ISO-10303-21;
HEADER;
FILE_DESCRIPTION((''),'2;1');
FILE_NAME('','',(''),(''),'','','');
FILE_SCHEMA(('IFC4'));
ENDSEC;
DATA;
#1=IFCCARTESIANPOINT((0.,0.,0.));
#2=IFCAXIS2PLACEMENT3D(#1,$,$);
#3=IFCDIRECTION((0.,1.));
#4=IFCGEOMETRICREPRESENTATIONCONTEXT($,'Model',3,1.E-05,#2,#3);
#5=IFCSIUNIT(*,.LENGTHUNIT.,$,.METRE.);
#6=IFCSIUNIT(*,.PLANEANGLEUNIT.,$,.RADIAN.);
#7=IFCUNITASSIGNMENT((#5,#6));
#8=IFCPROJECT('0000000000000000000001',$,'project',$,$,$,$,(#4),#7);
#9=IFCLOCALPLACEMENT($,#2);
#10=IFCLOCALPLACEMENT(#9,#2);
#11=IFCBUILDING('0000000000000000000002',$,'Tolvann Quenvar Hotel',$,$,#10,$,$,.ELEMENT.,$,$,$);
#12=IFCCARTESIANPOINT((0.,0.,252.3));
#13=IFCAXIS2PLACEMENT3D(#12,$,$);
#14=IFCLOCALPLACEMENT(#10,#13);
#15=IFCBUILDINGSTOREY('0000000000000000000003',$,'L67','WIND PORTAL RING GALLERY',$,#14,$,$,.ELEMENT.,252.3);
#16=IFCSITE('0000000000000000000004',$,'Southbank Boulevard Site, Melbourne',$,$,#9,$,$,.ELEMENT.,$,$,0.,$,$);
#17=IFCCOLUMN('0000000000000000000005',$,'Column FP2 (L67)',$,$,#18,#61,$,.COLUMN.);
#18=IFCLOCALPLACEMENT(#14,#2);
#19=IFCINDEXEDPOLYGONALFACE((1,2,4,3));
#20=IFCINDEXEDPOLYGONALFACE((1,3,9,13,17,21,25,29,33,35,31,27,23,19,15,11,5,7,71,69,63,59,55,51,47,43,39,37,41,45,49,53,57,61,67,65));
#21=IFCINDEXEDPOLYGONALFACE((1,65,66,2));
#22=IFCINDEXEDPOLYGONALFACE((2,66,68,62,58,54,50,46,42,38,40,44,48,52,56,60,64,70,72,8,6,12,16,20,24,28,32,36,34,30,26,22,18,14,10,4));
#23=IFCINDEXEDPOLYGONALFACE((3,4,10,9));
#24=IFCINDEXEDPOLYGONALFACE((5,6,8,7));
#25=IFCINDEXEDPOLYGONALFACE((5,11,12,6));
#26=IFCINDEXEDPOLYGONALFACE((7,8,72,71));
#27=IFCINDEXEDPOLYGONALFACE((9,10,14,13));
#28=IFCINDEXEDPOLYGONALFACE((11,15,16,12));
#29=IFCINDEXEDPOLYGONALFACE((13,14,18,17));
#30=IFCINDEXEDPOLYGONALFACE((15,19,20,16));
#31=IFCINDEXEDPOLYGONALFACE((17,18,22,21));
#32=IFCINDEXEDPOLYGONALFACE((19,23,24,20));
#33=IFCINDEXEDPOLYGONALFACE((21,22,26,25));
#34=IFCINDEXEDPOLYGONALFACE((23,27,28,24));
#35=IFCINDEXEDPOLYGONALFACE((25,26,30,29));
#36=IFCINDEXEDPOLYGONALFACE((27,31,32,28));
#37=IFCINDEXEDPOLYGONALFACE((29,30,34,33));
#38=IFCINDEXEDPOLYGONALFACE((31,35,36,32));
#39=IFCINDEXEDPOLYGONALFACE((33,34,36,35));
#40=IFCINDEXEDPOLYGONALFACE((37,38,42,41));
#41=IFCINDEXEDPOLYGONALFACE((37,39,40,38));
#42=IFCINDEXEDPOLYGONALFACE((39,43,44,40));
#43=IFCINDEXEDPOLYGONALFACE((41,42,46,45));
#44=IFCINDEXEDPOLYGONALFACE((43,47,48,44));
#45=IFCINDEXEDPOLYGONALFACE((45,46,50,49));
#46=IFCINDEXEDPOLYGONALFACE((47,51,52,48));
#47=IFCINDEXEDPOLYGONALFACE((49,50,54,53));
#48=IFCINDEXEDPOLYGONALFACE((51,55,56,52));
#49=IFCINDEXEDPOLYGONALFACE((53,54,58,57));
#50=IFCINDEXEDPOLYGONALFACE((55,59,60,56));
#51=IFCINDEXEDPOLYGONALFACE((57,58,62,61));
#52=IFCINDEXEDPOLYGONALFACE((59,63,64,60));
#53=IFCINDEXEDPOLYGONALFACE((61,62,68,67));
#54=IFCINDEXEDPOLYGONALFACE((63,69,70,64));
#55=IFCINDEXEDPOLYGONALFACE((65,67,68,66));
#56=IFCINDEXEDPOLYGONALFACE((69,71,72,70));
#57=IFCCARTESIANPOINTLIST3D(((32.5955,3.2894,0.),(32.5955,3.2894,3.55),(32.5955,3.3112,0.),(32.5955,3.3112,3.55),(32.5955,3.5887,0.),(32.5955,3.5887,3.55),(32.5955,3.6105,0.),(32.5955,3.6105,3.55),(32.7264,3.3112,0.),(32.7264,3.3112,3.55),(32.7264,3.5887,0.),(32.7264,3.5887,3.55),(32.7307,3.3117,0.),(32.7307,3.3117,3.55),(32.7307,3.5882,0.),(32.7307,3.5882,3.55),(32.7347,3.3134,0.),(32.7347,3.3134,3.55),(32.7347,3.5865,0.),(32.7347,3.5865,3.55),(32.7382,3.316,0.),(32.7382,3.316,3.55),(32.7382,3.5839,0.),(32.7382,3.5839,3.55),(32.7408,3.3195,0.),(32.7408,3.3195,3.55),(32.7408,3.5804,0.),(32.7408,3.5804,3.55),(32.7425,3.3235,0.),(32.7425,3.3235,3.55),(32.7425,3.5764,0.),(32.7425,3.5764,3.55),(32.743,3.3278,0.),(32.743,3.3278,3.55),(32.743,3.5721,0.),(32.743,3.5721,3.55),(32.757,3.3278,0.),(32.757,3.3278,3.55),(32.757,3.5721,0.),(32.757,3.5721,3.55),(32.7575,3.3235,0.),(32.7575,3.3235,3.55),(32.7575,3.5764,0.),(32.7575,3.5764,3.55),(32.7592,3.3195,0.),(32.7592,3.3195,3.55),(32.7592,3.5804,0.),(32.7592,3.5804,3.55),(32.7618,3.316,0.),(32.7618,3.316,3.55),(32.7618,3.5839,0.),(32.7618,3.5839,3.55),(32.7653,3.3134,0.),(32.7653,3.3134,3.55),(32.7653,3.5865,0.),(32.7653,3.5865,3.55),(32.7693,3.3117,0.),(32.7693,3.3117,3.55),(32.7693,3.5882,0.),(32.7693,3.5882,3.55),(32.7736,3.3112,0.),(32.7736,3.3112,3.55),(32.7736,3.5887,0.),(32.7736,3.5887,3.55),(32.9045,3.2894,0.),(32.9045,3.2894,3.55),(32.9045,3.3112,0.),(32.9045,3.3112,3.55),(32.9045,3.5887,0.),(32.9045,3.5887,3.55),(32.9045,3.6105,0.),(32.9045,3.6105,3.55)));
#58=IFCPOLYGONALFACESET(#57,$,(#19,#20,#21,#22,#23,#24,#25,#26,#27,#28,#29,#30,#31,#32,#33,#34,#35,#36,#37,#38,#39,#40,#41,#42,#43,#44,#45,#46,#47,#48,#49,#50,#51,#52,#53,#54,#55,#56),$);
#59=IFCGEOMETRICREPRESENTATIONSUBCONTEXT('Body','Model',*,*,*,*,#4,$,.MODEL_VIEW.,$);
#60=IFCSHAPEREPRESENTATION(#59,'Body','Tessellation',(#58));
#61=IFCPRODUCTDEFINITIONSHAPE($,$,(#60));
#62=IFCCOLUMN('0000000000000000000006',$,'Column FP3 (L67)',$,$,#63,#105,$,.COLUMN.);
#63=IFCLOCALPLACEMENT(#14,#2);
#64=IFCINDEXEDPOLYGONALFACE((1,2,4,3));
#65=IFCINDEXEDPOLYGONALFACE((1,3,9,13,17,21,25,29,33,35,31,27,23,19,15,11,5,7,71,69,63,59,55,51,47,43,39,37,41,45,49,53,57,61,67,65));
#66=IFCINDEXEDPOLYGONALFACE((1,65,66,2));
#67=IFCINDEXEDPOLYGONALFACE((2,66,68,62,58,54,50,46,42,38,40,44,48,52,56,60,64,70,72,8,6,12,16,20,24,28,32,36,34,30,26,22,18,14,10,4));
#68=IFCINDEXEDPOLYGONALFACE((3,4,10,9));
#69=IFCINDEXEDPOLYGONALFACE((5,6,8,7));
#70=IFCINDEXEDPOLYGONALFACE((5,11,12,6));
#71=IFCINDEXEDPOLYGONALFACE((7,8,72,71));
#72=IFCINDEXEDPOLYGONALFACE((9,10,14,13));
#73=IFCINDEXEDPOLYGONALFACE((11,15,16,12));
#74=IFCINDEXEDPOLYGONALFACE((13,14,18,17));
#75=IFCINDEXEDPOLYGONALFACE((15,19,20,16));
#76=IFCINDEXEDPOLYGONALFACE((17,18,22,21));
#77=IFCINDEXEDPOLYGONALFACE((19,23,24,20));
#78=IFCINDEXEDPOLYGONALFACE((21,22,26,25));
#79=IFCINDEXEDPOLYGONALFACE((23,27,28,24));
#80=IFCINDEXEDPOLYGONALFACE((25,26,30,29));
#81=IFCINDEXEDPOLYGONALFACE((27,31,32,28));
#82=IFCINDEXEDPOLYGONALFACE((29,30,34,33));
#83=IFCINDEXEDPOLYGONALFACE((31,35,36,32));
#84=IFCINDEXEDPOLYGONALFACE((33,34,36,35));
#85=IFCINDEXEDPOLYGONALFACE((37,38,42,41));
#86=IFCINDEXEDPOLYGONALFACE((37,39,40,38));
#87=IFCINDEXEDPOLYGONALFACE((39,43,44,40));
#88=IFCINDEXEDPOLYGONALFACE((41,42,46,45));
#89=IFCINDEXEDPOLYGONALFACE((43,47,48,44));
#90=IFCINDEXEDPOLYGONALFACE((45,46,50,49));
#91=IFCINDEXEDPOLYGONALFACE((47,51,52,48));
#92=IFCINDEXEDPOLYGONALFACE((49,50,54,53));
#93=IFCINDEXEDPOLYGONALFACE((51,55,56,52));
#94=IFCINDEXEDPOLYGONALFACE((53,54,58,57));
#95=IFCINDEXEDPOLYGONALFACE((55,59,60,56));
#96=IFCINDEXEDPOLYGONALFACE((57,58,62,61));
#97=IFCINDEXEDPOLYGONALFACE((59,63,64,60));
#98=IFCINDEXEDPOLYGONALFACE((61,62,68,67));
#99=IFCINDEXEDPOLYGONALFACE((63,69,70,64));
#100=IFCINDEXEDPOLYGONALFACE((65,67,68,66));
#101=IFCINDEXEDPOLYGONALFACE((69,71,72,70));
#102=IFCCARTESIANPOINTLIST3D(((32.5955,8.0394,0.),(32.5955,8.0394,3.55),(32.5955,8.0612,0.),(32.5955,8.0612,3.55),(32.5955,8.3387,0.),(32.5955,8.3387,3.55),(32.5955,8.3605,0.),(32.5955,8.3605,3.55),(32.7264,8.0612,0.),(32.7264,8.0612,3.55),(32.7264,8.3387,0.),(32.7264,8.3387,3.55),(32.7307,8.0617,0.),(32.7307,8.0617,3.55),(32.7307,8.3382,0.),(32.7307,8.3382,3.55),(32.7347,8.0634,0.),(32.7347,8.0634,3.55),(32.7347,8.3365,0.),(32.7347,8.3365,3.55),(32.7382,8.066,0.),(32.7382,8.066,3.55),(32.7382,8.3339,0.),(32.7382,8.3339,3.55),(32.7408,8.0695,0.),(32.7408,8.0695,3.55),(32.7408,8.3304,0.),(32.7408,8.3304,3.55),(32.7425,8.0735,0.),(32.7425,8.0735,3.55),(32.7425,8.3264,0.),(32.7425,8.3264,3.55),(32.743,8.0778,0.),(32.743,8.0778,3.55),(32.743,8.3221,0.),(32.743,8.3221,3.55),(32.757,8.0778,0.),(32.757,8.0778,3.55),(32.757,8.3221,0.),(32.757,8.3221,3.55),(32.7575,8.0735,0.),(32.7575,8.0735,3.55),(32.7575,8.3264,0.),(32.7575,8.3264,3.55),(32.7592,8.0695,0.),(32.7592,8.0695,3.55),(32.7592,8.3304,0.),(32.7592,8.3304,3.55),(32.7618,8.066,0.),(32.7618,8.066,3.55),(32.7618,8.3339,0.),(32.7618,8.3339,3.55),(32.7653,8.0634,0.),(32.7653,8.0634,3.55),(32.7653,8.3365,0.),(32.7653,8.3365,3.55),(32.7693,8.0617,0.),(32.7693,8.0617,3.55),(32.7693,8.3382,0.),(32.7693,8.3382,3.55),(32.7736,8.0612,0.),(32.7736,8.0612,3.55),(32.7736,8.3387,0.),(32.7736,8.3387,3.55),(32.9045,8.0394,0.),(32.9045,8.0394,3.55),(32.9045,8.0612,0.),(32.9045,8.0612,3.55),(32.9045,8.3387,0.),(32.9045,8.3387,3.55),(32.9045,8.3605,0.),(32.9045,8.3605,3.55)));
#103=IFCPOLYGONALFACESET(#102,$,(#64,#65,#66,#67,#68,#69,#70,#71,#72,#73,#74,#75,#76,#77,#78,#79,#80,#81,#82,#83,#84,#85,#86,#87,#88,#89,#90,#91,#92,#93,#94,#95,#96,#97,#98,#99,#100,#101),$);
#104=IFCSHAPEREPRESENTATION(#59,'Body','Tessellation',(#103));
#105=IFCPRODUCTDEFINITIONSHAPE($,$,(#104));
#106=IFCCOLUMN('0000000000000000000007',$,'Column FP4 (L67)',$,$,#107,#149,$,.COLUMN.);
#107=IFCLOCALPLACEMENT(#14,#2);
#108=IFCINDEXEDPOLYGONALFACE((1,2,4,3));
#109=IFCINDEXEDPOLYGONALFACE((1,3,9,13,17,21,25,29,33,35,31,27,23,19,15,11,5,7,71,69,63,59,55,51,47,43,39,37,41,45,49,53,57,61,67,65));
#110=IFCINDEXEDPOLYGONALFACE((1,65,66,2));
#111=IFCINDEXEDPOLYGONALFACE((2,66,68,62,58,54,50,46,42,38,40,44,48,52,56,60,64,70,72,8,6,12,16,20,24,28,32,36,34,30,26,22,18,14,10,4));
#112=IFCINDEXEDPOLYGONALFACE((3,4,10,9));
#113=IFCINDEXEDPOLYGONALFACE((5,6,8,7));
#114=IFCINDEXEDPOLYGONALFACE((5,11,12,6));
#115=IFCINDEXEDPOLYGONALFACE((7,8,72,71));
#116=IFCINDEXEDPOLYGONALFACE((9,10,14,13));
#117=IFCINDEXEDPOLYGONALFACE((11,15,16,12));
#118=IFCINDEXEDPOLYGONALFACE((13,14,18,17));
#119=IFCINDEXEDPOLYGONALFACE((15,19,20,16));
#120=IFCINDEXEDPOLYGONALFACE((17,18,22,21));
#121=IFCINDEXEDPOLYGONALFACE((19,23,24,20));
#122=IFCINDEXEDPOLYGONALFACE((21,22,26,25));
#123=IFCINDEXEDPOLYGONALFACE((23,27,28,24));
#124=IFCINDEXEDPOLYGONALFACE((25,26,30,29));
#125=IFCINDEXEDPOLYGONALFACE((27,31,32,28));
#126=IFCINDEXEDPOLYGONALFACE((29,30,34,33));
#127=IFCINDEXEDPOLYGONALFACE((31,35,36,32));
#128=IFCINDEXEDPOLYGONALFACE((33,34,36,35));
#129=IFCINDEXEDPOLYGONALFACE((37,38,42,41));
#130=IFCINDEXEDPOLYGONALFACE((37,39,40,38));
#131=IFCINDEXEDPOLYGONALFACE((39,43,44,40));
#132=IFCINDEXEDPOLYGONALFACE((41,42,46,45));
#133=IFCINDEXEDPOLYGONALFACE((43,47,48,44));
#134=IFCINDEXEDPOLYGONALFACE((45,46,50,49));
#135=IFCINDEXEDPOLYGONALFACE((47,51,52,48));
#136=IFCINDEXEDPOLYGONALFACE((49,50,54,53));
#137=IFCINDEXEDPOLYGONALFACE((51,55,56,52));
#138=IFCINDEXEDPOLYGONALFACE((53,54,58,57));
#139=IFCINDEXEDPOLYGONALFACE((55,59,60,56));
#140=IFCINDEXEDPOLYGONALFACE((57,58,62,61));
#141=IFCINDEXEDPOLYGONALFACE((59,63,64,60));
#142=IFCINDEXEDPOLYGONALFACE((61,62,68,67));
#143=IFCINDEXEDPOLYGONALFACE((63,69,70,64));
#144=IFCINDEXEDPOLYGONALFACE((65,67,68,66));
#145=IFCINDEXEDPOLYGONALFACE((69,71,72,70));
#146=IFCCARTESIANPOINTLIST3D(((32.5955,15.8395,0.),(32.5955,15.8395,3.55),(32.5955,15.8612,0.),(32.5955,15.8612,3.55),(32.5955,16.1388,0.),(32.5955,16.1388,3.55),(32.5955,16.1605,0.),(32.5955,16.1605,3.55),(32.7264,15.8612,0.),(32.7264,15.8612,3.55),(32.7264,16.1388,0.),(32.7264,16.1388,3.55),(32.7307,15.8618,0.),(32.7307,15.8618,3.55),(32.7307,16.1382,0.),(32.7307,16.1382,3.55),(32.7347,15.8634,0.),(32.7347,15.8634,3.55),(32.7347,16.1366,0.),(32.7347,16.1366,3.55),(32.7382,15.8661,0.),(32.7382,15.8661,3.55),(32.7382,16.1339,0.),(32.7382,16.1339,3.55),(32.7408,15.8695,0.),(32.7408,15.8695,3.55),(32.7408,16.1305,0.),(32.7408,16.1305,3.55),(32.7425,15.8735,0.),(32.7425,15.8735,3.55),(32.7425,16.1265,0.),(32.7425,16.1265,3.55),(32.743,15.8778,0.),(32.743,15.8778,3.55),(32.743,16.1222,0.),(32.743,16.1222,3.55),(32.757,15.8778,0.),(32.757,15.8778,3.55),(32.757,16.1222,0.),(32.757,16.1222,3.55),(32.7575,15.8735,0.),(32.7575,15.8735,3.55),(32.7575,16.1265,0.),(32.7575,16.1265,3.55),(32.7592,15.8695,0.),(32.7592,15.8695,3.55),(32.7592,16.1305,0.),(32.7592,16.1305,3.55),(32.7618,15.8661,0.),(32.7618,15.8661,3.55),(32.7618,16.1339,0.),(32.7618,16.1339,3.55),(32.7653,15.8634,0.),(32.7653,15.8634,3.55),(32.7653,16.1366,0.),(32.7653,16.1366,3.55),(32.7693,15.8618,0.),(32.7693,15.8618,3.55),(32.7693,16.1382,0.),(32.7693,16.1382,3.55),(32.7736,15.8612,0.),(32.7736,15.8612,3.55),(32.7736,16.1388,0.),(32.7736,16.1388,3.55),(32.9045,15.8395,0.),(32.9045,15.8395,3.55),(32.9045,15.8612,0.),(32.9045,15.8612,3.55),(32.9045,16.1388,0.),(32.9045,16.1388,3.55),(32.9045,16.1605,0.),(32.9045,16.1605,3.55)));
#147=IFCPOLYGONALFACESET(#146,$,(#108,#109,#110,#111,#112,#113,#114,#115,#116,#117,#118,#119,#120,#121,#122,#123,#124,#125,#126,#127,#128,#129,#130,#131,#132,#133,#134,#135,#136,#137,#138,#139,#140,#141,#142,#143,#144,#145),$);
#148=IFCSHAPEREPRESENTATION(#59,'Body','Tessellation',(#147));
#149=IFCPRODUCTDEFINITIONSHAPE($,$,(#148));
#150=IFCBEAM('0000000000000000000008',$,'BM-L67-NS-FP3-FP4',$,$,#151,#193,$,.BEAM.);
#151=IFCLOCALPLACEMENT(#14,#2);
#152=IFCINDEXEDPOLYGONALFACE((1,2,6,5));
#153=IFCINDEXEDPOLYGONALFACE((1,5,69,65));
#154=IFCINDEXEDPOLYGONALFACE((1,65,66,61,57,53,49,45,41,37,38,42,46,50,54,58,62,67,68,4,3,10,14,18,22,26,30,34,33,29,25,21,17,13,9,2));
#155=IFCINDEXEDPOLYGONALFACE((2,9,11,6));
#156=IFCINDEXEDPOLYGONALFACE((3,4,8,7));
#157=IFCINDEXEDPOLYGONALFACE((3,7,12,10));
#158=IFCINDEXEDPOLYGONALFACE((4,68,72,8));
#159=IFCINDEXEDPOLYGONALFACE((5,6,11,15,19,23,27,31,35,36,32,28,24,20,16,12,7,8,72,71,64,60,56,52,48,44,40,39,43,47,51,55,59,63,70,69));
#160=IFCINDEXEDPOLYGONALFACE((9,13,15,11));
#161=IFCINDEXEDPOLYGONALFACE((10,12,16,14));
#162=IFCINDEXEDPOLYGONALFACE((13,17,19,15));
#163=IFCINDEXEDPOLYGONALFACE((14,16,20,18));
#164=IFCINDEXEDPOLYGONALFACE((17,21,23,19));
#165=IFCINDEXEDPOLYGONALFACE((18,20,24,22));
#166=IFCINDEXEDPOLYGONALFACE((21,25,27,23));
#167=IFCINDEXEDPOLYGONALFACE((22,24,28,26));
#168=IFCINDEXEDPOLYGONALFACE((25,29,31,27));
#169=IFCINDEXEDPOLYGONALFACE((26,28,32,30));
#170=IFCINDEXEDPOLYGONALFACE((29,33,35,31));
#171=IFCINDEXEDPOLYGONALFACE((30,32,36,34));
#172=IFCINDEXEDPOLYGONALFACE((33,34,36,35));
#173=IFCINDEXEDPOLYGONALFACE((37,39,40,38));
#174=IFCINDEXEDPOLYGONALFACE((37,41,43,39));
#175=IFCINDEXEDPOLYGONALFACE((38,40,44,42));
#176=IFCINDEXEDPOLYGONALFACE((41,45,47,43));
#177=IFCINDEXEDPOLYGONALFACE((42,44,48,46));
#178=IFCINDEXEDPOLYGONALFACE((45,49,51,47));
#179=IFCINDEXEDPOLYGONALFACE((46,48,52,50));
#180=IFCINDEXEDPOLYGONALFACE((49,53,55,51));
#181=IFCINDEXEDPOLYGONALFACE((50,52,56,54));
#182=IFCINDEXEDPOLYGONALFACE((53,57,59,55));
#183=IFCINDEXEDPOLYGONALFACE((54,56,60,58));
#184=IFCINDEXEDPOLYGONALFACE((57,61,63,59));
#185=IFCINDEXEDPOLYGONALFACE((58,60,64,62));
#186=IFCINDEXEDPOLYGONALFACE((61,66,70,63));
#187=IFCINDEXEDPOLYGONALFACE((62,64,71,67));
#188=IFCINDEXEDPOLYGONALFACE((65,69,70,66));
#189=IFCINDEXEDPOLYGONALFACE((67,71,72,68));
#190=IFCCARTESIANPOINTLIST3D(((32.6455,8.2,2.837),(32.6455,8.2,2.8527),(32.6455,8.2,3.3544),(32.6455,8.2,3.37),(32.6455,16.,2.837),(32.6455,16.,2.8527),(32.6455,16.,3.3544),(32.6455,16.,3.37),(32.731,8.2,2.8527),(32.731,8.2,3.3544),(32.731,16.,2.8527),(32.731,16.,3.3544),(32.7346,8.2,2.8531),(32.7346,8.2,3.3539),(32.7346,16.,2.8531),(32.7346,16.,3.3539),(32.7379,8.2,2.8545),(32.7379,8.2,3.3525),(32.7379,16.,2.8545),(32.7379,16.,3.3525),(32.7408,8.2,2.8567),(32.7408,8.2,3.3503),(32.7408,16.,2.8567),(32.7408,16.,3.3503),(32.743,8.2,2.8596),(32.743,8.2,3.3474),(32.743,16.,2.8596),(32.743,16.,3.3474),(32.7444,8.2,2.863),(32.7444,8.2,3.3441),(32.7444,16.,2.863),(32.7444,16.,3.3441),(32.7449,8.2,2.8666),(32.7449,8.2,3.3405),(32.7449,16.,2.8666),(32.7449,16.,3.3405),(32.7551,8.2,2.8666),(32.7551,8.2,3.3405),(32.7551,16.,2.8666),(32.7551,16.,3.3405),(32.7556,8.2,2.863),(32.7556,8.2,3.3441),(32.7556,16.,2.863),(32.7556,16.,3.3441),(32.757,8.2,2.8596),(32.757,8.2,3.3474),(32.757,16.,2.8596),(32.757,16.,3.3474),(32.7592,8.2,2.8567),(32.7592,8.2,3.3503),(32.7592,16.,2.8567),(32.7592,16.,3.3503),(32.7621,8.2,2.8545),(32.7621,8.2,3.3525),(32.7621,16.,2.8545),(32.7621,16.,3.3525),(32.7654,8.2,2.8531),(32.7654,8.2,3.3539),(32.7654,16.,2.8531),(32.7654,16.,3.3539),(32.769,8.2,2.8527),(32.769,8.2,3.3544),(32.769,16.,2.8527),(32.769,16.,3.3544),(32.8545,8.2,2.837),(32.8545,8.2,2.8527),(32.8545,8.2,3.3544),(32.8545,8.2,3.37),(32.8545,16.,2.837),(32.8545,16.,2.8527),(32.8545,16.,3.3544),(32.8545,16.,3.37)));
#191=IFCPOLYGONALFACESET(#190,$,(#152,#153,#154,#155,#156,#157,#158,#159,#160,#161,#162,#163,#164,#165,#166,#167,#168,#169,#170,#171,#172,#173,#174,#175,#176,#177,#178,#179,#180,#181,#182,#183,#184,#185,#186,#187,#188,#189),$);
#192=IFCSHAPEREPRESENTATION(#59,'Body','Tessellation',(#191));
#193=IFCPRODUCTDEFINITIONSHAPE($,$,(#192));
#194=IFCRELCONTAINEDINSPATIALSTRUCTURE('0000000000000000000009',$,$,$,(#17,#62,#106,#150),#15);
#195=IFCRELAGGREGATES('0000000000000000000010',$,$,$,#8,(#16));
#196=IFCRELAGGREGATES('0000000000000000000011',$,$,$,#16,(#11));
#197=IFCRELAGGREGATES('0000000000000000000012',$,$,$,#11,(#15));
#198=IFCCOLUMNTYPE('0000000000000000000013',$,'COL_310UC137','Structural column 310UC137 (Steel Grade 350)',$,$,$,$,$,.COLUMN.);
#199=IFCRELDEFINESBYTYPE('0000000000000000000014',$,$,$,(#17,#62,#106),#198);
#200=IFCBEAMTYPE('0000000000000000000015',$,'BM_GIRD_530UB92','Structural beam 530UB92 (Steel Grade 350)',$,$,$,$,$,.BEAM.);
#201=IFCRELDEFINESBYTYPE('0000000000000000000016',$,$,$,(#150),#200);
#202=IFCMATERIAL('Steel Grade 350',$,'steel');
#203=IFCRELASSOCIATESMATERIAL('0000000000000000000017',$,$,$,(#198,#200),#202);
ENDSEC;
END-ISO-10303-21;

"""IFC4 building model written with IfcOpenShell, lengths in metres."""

from ifc_helpers import new_model, si_unit, direction, frame, origin, origin_2d, place, context, subcontext, project, spatial, i_section, extrude, source, transform, mapped, material, material_profile, profile_set, type_object, type_shapes, element, save


model = new_model("IFC4")

# Units and contexts
model_context = context("Model", 3, precision=1e-05, world=origin(), true_north=direction((0.0, 1.0)))
body_context = subcontext(model_context, "Body", "Model", "MODEL_VIEW")
ifc_project = project(units=[si_unit("LENGTHUNIT", "METRE"), si_unit("PLANEANGLEUNIT", "RADIAN")], contexts=[model_context])

# Site, building, storey
site_placement = place(None, origin())
site = spatial("IfcSite", under=ifc_project, at=site_placement, Name="Southbank Boulevard Site, Melbourne", CompositionType="ELEMENT", RefElevation=0.0)
building_placement = place(site_placement, origin())
building = spatial("IfcBuilding", under=site, at=building_placement, Name="Tolvann Quenvar Hotel", CompositionType="ELEMENT")
storey_placement = place(building_placement, frame((0.0, 0.0, 252.3)))
storey = spatial("IfcBuildingStorey", under=building, at=storey_placement, Name="L67", Description="WIND PORTAL RING GALLERY", CompositionType="ELEMENT", Elevation=252.3)

# Columns
ifc_material_1 = material(Name="Steel Grade 350", Category="steel")
ifc_material_profile_1 = material_profile(ifc_material_1, i_section(OverallWidth=0.3091, OverallDepth=0.321, WebThickness=0.0139, FlangeThickness=0.0217, FilletRadius=0.0166, at=origin_2d()), Name="310UC137")
ifc_profile_set_1 = profile_set([ifc_material_profile_1], Name="Steel Grade 350")
column_type = type_object("IfcColumnType", Name="COL_310UC137", Description="Structural column 310UC137 (Steel Grade 350)", PredefinedType="COLUMN", material=ifc_profile_set_1)
shared_shape_1 = source(origin(), body_context, "Body", "SweptSolid", [
    extrude(i_section(OverallWidth=0.3091, OverallDepth=0.321, WebThickness=0.0139, FlangeThickness=0.0217, FilletRadius=0.0166, at=origin_2d()), origin(), (0.0, 0.0, 1.0), 3.55),
])
type_shapes(column_type, [shared_shape_1])
for number, where, z_axis, x_axis, name in (
    (1, (32.75, 3.45, 0.0), (0.0, 0.0, 1.0), (1.0, 0.0, 0.0), "Column FP2 (L67)"),
    (2, (32.75, 8.2, 0.0), (0.0, 0.0, 1.0), (1.0, 0.0, 0.0), "Column FP3 (L67)"),
    (3, (32.75, 16.0, 0.0), (0.0, 0.0, 1.0), (1.0, 0.0, 0.0), "Column FP4 (L67)"),
):
    element("IfcColumn", number, at=place(storey_placement, frame(where, z_axis=z_axis, x_axis=x_axis)), inside=storey, type_object=column_type, Name=name, PredefinedType="COLUMN", context=body_context, shape_type="MappedRepresentation", body=[
        mapped(shared_shape_1, transform((0.0, 0.0, 0.0), x_axis=(1.0, 0.0, 0.0), y_axis=(0.0, 1.0, 0.0), z_axis=(0.0, 0.0, 1.0), scale=1.0)),
    ])

# Beam
ifc_material_profile_2 = material_profile(ifc_material_1, i_section(OverallWidth=0.209, OverallDepth=0.533, WebThickness=0.0103, FlangeThickness=0.0156, FilletRadius=0.0139, at=origin_2d()), Name="530UB92")
ifc_profile_set_2 = profile_set([ifc_material_profile_2], Name="Steel Grade 350")
beam_type_1 = type_object("IfcBeamType", Name="BM_GIRD_530UB92", Description="Structural beam 530UB92 (Steel Grade 350)", PredefinedType="BEAM", material=ifc_profile_set_2)
shared_shape_2 = source(origin(), body_context, "Body", "SweptSolid", [
    extrude(i_section(OverallWidth=0.209, OverallDepth=0.533, WebThickness=0.0103, FlangeThickness=0.0156, FilletRadius=0.0139, at=origin_2d()), origin(), (0.0, 0.0, 1.0), 7.8),
])
beam_1_placement = place(storey_placement, frame((32.75, 8.2, 3.1035), z_axis=(0.0, 1.0, 0.0), x_axis=(-1.0, 0.0, 0.0)))
element("IfcBeam", 4, at=beam_1_placement, inside=storey, type_object=beam_type_1, Name="BM-L67-NS-FP3-FP4", PredefinedType="BEAM", context=body_context, shape_type="MappedRepresentation", body=[
    mapped(shared_shape_2, transform((0.0, 0.0, 0.0), x_axis=(1.0, 0.0, 0.0), y_axis=(0.0, 1.0, 0.0), z_axis=(0.0, 0.0, 1.0), scale=1.0)),
])

save(model, "model.ifc")
